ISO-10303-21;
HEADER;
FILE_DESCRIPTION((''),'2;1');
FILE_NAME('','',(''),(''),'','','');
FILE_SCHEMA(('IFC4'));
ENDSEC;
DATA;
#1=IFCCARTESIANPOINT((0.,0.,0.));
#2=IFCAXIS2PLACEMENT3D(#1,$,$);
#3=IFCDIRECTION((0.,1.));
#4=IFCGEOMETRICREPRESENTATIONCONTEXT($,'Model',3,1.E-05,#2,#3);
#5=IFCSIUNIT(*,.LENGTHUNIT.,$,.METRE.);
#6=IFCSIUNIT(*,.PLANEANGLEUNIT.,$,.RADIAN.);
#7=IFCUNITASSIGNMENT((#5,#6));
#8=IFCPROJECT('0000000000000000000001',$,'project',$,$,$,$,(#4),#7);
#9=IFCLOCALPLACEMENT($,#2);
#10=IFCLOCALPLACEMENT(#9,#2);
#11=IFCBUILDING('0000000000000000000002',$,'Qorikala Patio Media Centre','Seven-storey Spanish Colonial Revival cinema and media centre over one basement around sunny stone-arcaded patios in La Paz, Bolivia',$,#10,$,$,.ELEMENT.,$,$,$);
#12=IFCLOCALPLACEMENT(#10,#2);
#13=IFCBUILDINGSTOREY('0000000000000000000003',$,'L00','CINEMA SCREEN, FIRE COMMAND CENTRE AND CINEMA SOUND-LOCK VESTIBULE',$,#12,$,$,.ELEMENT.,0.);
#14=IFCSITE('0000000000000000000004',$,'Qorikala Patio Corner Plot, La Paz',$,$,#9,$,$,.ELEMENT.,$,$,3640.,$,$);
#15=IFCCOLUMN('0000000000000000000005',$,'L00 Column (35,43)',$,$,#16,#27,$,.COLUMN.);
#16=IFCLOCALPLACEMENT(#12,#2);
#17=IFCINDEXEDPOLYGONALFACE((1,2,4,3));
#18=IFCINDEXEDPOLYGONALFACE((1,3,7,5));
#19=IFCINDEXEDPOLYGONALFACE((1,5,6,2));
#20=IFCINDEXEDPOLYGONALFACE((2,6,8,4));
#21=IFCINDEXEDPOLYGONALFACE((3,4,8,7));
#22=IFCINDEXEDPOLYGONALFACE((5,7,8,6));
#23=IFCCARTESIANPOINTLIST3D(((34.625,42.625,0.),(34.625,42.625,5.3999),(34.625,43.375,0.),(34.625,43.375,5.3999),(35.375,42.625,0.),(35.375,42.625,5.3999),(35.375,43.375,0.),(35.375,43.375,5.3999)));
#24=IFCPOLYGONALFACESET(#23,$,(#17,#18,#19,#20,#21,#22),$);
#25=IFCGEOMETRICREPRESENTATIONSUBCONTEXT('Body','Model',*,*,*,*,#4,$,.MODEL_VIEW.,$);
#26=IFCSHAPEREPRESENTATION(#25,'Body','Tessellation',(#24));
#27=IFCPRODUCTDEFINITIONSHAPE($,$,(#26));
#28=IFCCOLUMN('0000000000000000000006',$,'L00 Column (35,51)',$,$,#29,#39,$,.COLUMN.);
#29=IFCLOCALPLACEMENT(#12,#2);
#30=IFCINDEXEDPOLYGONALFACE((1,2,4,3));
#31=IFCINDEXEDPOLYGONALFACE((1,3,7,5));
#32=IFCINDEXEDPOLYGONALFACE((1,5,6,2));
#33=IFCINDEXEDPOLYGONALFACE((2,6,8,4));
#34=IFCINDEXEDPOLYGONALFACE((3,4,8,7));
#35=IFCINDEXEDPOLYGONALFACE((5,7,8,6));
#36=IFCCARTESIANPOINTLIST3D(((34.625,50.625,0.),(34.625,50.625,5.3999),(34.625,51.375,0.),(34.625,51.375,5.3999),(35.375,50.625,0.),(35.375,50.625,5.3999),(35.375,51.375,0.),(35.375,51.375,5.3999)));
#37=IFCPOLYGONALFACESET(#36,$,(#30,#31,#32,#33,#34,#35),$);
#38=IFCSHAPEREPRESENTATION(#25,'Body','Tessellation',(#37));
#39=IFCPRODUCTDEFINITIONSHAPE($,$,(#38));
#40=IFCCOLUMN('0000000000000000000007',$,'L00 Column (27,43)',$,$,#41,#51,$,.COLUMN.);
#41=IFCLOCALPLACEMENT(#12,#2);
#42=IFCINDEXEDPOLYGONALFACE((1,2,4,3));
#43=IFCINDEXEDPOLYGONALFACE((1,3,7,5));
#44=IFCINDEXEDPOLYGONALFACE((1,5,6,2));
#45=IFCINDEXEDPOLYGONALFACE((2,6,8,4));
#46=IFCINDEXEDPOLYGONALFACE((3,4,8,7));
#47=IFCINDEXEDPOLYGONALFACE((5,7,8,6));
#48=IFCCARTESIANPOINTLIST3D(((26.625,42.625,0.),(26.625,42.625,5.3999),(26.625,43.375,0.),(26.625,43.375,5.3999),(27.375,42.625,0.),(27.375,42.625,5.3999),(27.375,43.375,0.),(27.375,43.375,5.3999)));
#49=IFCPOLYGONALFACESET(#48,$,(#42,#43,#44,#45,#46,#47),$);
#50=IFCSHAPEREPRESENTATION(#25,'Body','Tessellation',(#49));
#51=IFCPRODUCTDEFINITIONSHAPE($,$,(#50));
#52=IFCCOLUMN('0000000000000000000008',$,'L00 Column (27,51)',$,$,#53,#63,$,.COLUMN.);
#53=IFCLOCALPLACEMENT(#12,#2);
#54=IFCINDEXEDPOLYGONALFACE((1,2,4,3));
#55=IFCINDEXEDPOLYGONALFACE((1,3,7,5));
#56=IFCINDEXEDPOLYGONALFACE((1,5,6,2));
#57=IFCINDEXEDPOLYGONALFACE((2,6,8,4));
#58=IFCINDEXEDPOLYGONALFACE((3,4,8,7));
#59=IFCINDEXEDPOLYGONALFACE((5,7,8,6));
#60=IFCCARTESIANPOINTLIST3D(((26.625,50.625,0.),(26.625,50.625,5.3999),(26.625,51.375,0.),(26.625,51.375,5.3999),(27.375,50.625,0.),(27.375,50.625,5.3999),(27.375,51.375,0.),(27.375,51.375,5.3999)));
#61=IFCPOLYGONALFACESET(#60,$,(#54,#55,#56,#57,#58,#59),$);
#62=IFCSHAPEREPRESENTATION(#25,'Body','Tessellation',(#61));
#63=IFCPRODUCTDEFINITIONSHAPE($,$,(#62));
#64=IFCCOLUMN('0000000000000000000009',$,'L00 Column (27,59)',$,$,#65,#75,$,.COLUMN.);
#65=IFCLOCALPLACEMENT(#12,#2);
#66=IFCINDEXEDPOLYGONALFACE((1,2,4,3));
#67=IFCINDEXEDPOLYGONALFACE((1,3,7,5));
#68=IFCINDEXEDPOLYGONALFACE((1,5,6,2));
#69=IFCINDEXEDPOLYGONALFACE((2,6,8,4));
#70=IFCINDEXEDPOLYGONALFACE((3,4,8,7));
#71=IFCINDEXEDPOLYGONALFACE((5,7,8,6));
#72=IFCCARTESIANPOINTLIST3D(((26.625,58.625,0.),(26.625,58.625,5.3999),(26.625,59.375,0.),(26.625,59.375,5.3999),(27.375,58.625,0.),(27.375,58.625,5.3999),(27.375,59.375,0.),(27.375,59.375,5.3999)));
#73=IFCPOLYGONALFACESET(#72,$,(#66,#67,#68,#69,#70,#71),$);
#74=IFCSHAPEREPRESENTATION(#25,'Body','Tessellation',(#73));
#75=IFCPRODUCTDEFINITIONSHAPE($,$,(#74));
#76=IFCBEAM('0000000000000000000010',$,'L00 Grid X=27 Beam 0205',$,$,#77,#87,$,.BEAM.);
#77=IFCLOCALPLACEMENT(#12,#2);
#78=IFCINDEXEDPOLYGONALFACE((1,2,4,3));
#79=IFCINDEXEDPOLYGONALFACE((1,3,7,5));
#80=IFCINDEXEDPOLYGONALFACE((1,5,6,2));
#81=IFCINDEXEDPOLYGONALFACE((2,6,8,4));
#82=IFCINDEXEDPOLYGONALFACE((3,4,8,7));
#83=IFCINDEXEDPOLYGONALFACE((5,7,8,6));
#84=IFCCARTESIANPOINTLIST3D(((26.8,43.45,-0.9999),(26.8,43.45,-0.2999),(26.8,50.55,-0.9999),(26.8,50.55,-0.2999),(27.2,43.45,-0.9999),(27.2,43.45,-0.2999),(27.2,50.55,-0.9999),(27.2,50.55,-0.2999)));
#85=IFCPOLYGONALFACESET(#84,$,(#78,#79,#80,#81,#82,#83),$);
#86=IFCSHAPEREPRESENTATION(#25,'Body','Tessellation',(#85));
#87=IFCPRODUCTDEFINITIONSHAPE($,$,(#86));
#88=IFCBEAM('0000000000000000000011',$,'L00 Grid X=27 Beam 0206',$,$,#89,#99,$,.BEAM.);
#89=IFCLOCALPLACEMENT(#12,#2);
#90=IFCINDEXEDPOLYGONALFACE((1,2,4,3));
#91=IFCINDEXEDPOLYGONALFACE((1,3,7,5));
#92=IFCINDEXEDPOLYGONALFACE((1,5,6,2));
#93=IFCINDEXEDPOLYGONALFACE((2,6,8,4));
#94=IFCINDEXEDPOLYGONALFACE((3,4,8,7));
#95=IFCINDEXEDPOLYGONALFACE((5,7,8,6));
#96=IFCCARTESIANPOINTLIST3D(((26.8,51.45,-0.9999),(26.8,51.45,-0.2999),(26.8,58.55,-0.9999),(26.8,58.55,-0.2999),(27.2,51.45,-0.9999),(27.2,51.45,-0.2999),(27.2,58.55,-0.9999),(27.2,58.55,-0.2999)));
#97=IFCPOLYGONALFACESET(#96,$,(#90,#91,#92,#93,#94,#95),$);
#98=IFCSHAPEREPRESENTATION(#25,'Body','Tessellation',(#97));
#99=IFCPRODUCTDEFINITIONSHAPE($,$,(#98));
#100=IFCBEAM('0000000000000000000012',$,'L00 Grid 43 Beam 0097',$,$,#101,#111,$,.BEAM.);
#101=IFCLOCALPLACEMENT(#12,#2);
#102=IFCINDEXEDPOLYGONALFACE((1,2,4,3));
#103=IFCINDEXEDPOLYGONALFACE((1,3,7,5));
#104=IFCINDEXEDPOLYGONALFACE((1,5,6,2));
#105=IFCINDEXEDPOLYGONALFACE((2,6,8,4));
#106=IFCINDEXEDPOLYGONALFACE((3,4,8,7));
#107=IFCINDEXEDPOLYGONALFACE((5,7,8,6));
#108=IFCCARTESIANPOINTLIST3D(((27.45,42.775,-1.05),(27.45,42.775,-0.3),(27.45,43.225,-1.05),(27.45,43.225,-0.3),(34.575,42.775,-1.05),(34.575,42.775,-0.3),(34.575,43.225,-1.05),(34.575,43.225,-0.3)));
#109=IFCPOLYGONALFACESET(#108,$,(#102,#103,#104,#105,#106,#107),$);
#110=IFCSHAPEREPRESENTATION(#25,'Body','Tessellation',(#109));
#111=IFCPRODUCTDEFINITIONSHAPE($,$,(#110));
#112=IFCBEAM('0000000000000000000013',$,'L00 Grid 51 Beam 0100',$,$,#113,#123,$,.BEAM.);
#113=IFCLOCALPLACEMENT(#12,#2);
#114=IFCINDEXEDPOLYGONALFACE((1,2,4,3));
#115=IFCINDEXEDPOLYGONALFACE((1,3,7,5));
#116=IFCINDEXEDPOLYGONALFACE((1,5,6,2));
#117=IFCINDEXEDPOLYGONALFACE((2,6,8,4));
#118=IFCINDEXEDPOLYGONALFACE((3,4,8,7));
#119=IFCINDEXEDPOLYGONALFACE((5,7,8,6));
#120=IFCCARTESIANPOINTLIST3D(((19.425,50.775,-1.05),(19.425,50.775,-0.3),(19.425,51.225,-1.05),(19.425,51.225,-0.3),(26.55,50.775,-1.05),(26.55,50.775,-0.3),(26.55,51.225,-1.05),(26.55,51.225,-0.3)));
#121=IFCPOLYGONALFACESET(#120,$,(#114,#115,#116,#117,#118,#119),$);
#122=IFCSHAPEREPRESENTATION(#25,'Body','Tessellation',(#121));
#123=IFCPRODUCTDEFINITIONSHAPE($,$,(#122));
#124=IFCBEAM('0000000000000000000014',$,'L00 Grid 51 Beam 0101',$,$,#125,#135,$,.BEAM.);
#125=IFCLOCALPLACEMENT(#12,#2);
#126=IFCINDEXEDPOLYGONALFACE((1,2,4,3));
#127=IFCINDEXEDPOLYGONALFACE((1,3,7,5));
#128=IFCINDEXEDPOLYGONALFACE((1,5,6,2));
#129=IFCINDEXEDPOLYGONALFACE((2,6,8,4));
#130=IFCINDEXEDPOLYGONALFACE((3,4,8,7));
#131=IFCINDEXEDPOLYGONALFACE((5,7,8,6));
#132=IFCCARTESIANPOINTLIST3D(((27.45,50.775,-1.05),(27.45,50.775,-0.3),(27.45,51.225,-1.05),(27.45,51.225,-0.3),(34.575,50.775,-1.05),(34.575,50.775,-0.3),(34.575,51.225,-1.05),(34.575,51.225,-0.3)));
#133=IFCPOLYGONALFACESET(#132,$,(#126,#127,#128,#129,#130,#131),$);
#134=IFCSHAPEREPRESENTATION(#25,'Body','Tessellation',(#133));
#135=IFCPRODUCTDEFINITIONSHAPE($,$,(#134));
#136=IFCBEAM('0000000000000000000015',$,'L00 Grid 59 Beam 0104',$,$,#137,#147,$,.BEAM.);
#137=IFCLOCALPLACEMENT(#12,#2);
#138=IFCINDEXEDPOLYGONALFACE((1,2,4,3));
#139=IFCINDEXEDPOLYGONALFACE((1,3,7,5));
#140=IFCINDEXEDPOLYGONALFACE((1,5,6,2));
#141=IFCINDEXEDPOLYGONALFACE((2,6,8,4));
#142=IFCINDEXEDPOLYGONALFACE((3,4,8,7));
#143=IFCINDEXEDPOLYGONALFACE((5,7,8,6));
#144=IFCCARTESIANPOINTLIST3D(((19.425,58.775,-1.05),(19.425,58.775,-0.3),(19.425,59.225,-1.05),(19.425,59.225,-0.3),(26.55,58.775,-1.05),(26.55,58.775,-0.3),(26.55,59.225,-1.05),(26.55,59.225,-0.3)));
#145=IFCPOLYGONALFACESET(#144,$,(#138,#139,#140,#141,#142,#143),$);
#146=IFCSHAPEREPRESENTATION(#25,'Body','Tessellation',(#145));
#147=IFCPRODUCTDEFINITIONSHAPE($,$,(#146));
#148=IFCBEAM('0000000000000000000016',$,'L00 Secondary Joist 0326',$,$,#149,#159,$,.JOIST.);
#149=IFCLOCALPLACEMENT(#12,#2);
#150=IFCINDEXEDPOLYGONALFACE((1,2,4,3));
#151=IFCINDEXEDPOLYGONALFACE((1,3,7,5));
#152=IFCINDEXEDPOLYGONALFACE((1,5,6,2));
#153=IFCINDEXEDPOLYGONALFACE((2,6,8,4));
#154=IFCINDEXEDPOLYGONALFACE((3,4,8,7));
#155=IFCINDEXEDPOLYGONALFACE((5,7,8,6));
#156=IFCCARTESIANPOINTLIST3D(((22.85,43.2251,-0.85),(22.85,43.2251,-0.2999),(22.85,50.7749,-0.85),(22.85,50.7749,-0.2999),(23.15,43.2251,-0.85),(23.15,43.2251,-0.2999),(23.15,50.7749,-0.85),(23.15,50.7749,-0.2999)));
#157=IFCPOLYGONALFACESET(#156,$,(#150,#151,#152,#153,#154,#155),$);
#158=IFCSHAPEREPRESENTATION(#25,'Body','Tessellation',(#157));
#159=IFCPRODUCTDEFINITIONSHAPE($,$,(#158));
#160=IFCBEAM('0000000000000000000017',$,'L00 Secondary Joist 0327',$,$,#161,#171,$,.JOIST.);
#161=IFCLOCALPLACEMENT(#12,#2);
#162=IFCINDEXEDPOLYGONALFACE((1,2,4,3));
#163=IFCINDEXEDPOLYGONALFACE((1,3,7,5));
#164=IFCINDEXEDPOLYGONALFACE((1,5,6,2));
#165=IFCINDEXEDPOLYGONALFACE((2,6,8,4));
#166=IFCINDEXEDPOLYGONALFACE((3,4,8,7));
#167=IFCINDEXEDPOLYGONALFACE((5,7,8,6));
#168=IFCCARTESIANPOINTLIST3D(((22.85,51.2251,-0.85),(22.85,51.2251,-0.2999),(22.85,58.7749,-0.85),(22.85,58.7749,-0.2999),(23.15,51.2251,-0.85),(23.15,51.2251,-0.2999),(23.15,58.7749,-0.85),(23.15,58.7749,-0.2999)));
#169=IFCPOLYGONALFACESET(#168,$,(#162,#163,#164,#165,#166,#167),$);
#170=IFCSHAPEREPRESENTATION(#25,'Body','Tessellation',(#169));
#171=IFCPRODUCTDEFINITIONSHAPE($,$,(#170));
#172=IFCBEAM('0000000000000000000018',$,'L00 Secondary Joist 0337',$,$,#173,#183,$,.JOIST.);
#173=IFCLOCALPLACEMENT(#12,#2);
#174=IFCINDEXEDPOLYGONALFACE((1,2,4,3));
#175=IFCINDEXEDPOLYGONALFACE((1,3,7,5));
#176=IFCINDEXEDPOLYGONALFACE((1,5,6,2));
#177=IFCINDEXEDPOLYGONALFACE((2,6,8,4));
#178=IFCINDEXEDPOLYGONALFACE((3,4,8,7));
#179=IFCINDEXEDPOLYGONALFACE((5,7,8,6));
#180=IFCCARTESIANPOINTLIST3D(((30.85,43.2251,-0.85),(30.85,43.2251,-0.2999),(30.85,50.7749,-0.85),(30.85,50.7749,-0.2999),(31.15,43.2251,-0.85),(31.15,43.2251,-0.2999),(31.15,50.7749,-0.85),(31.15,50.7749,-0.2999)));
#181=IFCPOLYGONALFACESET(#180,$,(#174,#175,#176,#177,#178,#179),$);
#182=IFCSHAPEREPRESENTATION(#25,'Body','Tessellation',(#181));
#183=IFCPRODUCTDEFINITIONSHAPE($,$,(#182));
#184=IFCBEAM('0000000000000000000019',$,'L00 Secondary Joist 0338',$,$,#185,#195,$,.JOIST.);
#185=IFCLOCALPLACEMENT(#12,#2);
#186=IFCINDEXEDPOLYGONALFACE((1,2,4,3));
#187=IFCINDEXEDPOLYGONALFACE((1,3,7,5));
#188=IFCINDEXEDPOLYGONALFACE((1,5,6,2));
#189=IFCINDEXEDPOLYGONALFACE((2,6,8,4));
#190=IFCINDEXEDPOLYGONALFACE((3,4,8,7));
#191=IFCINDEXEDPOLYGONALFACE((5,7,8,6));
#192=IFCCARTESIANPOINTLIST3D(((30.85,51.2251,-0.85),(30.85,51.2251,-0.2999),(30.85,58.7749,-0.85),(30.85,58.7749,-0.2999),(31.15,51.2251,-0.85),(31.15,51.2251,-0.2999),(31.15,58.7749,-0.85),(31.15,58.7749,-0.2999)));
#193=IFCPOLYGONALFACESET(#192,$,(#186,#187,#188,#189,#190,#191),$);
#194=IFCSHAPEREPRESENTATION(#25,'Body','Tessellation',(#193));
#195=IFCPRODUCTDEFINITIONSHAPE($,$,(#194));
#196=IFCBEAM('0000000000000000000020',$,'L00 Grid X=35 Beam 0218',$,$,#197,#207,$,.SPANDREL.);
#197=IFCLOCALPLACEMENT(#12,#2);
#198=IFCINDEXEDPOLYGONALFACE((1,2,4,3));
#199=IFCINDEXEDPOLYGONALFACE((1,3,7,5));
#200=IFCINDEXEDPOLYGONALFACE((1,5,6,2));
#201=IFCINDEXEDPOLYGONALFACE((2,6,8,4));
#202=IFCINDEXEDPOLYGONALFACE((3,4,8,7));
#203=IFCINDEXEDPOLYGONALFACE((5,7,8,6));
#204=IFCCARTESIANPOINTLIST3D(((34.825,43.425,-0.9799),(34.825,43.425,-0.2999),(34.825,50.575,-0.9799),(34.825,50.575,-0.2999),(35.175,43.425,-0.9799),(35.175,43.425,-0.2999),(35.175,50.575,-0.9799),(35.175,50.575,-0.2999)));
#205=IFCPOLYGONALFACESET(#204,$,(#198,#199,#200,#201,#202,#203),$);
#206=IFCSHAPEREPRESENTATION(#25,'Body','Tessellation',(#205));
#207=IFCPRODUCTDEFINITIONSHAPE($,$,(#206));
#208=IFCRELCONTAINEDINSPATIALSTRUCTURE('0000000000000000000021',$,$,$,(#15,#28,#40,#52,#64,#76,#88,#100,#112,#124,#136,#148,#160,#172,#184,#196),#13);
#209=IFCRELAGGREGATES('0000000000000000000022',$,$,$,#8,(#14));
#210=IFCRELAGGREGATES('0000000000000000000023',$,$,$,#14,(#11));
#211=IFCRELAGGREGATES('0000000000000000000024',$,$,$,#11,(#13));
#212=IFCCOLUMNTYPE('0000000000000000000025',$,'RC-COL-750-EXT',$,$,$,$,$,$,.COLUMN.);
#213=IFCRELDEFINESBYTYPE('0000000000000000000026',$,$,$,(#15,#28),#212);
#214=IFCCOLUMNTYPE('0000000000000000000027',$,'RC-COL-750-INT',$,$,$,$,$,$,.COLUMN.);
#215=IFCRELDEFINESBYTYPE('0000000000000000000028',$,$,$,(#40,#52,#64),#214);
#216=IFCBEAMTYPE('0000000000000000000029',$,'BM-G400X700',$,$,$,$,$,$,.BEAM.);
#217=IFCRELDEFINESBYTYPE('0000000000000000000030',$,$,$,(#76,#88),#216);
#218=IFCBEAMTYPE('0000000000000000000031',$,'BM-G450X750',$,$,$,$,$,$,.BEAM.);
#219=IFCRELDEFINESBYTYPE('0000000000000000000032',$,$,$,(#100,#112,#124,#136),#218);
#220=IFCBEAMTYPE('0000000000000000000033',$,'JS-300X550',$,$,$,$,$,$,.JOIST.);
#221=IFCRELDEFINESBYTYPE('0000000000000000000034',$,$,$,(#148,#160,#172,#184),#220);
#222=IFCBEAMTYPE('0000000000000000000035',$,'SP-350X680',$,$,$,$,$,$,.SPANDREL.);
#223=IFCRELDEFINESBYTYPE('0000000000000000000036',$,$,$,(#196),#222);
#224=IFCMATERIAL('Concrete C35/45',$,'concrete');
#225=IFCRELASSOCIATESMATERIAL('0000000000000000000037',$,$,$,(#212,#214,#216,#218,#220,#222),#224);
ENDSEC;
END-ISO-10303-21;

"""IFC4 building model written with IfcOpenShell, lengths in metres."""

from ifc_helpers import new_model, si_unit, direction, frame, origin, origin_2d, place, context, subcontext, project, spatial, rectangle, extrude, material, material_profile, profile_set, type_object, element, save


model = new_model("IFC4")

# Units and contexts
model_context = context("Model", 3, precision=1e-05, world=origin(), true_north=direction((0.0, 1.0)))
body_context = subcontext(model_context, "Body", "Model", "MODEL_VIEW")
ifc_project = project(units=[si_unit("LENGTHUNIT", "METRE"), si_unit("PLANEANGLEUNIT", "RADIAN")], contexts=[model_context])

# Site, building, storey
site_placement = place(None, origin())
site = spatial("IfcSite", under=ifc_project, at=site_placement, Name="Qorikala Patio Corner Plot, La Paz", CompositionType="ELEMENT", RefElevation=3640.0)
building_placement = place(site_placement, origin())
building = spatial("IfcBuilding", under=site, at=building_placement, Name="Qorikala Patio Media Centre", Description="Seven-storey Spanish Colonial Revival cinema and media centre over one basement around sunny stone-arcaded patios in La Paz, Bolivia", CompositionType="ELEMENT")
storey_placement = place(building_placement, origin())
storey = spatial("IfcBuildingStorey", under=building, at=storey_placement, Name="L00", Description="CINEMA SCREEN, FIRE COMMAND CENTRE AND CINEMA SOUND-LOCK VESTIBULE", CompositionType="ELEMENT", Elevation=0.0)

# Columns
ifc_material_1 = material(Name="Concrete C35/45", Category="concrete")
ifc_material_profile_1 = material_profile(ifc_material_1, rectangle(XDim=0.75, YDim=0.75, at=origin_2d()), Name="RC 750x750")
ifc_profile_set_1 = profile_set([ifc_material_profile_1], Name="Concrete C35/45")
column_type_1 = type_object("IfcColumnType", Name="RC-COL-750-EXT", PredefinedType="COLUMN", material=ifc_profile_set_1)
for number, where, z_axis, x_axis, name in (
    (1, (35.0, 43.0, 0.0), (0.0, 0.0, 1.0), (1.0, 0.0, 0.0), "L00 Column (35,43)"),
    (2, (35.0, 51.0, 0.0), (0.0, 0.0, 1.0), (1.0, 0.0, 0.0), "L00 Column (35,51)"),
):
    element("IfcColumn", number, at=place(storey_placement, frame(where, z_axis=z_axis, x_axis=x_axis)), inside=storey, type_object=column_type_1, Name=name, PredefinedType="COLUMN", context=body_context, shape_type="SweptSolid", body=[
        extrude(rectangle(XDim=0.75, YDim=0.75, at=origin_2d()), origin(), (0.0, 0.0, 1.0), 5.3999),
    ])
ifc_material_profile_2 = material_profile(ifc_material_1, rectangle(XDim=0.75, YDim=0.75, at=origin_2d()), Name="RC 750x750")
ifc_profile_set_2 = profile_set([ifc_material_profile_2], Name="Concrete C35/45")
column_type_2 = type_object("IfcColumnType", Name="RC-COL-750-INT", PredefinedType="COLUMN", material=ifc_profile_set_2)
for number, where, z_axis, x_axis, name in (
    (3, (27.0, 43.0, 0.0), (0.0, 0.0, 1.0), (1.0, 0.0, 0.0), "L00 Column (27,43)"),
    (4, (27.0, 51.0, 0.0), (0.0, 0.0, 1.0), (1.0, 0.0, 0.0), "L00 Column (27,51)"),
    (5, (27.0, 59.0, 0.0), (0.0, 0.0, 1.0), (1.0, 0.0, 0.0), "L00 Column (27,59)"),
):
    element("IfcColumn", number, at=place(storey_placement, frame(where, z_axis=z_axis, x_axis=x_axis)), inside=storey, type_object=column_type_2, Name=name, PredefinedType="COLUMN", context=body_context, shape_type="SweptSolid", body=[
        extrude(rectangle(XDim=0.75, YDim=0.75, at=origin_2d()), origin(), (0.0, 0.0, 1.0), 5.3999),
    ])

# Beams
ifc_material_profile_3 = material_profile(ifc_material_1, rectangle(XDim=0.3999, YDim=0.7, at=origin_2d()), Name="RC 400x700")
ifc_profile_set_3 = profile_set([ifc_material_profile_3], Name="Concrete C35/45")
beam_type_1 = type_object("IfcBeamType", Name="BM-G400X700", PredefinedType="BEAM", material=ifc_profile_set_3)
for number, where, z_axis, x_axis, name in (
    (6, (27.0, 43.45, -0.6499), (0.0, 1.0, 0.0), (-1.0, 0.0, 0.0), "L00 Grid X=27 Beam 0205"),
    (7, (27.0, 51.45, -0.6499), (0.0, 1.0, 0.0), (-1.0, 0.0, 0.0), "L00 Grid X=27 Beam 0206"),
):
    element("IfcBeam", number, at=place(storey_placement, frame(where, z_axis=z_axis, x_axis=x_axis)), inside=storey, type_object=beam_type_1, Name=name, PredefinedType="BEAM", context=body_context, shape_type="SweptSolid", body=[
        extrude(rectangle(XDim=0.3999, YDim=0.7, at=origin_2d()), origin(), (0.0, 0.0, 1.0), 7.1001),
    ])
ifc_material_profile_4 = material_profile(ifc_material_1, rectangle(XDim=0.45, YDim=0.75, at=origin_2d()), Name="RC 450x750")
ifc_profile_set_4 = profile_set([ifc_material_profile_4], Name="Concrete C35/45")
beam_type_2 = type_object("IfcBeamType", Name="BM-G450X750", PredefinedType="BEAM", material=ifc_profile_set_4)
for number, where, z_axis, x_axis, name in (
    (8, (27.45, 43.0, -0.675), (1.0, 0.0, 0.0), (0.0, 1.0, 0.0), "L00 Grid 43 Beam 0097"),
    (9, (19.425, 51.0, -0.675), (1.0, 0.0, 0.0), (0.0, 1.0, 0.0), "L00 Grid 51 Beam 0100"),
    (10, (27.45, 51.0, -0.675), (1.0, 0.0, 0.0), (0.0, 1.0, 0.0), "L00 Grid 51 Beam 0101"),
    (11, (19.425, 59.0, -0.675), (1.0, 0.0, 0.0), (0.0, 1.0, 0.0), "L00 Grid 59 Beam 0104"),
):
    element("IfcBeam", number, at=place(storey_placement, frame(where, z_axis=z_axis, x_axis=x_axis)), inside=storey, type_object=beam_type_2, Name=name, PredefinedType="BEAM", context=body_context, shape_type="SweptSolid", body=[
        extrude(rectangle(XDim=0.45, YDim=0.75, at=origin_2d()), origin(), (0.0, 0.0, 1.0), 7.125),
    ])
ifc_material_profile_5 = material_profile(ifc_material_1, rectangle(XDim=0.3, YDim=0.55, at=origin_2d()), Name="RC 300x550")
ifc_profile_set_5 = profile_set([ifc_material_profile_5], Name="Concrete C35/45")
beam_type_3 = type_object("IfcBeamType", Name="JS-300X550", PredefinedType="JOIST", material=ifc_profile_set_5)
for number, where, z_axis, x_axis, name in (
    (12, (23.0, 43.2251, -0.575), (0.0, 1.0, 0.0), (-1.0, 0.0, 0.0), "L00 Secondary Joist 0326"),
    (13, (23.0, 51.2251, -0.575), (0.0, 1.0, 0.0), (-1.0, 0.0, 0.0), "L00 Secondary Joist 0327"),
    (14, (31.0, 43.2251, -0.575), (0.0, 1.0, 0.0), (-1.0, 0.0, 0.0), "L00 Secondary Joist 0337"),
    (15, (31.0, 51.2251, -0.575), (0.0, 1.0, 0.0), (-1.0, 0.0, 0.0), "L00 Secondary Joist 0338"),
):
    element("IfcBeam", number, at=place(storey_placement, frame(where, z_axis=z_axis, x_axis=x_axis)), inside=storey, type_object=beam_type_3, Name=name, PredefinedType="JOIST", context=body_context, shape_type="SweptSolid", body=[
        extrude(rectangle(XDim=0.3, YDim=0.55, at=origin_2d()), origin(), (0.0, 0.0, 1.0), 7.5498),
    ])
ifc_material_profile_6 = material_profile(ifc_material_1, rectangle(XDim=0.3501, YDim=0.6799, at=origin_2d()), Name="RC 350x680")
ifc_profile_set_6 = profile_set([ifc_material_profile_6], Name="Concrete C35/45")
beam_type_4 = type_object("IfcBeamType", Name="SP-350X680", PredefinedType="SPANDREL", material=ifc_profile_set_6)
for number, where, z_axis, x_axis, name in (
    (16, (35.0, 43.425, -0.6399), (0.0, 1.0, 0.0), (-1.0, 0.0, 0.0), "L00 Grid X=35 Beam 0218"),
):
    element("IfcBeam", number, at=place(storey_placement, frame(where, z_axis=z_axis, x_axis=x_axis)), inside=storey, type_object=beam_type_4, Name=name, PredefinedType="SPANDREL", context=body_context, shape_type="SweptSolid", body=[
        extrude(rectangle(XDim=0.3501, YDim=0.6799, at=origin_2d()), origin(), (0.0, 0.0, 1.0), 7.1499),
    ])

save(model, "model.ifc")
